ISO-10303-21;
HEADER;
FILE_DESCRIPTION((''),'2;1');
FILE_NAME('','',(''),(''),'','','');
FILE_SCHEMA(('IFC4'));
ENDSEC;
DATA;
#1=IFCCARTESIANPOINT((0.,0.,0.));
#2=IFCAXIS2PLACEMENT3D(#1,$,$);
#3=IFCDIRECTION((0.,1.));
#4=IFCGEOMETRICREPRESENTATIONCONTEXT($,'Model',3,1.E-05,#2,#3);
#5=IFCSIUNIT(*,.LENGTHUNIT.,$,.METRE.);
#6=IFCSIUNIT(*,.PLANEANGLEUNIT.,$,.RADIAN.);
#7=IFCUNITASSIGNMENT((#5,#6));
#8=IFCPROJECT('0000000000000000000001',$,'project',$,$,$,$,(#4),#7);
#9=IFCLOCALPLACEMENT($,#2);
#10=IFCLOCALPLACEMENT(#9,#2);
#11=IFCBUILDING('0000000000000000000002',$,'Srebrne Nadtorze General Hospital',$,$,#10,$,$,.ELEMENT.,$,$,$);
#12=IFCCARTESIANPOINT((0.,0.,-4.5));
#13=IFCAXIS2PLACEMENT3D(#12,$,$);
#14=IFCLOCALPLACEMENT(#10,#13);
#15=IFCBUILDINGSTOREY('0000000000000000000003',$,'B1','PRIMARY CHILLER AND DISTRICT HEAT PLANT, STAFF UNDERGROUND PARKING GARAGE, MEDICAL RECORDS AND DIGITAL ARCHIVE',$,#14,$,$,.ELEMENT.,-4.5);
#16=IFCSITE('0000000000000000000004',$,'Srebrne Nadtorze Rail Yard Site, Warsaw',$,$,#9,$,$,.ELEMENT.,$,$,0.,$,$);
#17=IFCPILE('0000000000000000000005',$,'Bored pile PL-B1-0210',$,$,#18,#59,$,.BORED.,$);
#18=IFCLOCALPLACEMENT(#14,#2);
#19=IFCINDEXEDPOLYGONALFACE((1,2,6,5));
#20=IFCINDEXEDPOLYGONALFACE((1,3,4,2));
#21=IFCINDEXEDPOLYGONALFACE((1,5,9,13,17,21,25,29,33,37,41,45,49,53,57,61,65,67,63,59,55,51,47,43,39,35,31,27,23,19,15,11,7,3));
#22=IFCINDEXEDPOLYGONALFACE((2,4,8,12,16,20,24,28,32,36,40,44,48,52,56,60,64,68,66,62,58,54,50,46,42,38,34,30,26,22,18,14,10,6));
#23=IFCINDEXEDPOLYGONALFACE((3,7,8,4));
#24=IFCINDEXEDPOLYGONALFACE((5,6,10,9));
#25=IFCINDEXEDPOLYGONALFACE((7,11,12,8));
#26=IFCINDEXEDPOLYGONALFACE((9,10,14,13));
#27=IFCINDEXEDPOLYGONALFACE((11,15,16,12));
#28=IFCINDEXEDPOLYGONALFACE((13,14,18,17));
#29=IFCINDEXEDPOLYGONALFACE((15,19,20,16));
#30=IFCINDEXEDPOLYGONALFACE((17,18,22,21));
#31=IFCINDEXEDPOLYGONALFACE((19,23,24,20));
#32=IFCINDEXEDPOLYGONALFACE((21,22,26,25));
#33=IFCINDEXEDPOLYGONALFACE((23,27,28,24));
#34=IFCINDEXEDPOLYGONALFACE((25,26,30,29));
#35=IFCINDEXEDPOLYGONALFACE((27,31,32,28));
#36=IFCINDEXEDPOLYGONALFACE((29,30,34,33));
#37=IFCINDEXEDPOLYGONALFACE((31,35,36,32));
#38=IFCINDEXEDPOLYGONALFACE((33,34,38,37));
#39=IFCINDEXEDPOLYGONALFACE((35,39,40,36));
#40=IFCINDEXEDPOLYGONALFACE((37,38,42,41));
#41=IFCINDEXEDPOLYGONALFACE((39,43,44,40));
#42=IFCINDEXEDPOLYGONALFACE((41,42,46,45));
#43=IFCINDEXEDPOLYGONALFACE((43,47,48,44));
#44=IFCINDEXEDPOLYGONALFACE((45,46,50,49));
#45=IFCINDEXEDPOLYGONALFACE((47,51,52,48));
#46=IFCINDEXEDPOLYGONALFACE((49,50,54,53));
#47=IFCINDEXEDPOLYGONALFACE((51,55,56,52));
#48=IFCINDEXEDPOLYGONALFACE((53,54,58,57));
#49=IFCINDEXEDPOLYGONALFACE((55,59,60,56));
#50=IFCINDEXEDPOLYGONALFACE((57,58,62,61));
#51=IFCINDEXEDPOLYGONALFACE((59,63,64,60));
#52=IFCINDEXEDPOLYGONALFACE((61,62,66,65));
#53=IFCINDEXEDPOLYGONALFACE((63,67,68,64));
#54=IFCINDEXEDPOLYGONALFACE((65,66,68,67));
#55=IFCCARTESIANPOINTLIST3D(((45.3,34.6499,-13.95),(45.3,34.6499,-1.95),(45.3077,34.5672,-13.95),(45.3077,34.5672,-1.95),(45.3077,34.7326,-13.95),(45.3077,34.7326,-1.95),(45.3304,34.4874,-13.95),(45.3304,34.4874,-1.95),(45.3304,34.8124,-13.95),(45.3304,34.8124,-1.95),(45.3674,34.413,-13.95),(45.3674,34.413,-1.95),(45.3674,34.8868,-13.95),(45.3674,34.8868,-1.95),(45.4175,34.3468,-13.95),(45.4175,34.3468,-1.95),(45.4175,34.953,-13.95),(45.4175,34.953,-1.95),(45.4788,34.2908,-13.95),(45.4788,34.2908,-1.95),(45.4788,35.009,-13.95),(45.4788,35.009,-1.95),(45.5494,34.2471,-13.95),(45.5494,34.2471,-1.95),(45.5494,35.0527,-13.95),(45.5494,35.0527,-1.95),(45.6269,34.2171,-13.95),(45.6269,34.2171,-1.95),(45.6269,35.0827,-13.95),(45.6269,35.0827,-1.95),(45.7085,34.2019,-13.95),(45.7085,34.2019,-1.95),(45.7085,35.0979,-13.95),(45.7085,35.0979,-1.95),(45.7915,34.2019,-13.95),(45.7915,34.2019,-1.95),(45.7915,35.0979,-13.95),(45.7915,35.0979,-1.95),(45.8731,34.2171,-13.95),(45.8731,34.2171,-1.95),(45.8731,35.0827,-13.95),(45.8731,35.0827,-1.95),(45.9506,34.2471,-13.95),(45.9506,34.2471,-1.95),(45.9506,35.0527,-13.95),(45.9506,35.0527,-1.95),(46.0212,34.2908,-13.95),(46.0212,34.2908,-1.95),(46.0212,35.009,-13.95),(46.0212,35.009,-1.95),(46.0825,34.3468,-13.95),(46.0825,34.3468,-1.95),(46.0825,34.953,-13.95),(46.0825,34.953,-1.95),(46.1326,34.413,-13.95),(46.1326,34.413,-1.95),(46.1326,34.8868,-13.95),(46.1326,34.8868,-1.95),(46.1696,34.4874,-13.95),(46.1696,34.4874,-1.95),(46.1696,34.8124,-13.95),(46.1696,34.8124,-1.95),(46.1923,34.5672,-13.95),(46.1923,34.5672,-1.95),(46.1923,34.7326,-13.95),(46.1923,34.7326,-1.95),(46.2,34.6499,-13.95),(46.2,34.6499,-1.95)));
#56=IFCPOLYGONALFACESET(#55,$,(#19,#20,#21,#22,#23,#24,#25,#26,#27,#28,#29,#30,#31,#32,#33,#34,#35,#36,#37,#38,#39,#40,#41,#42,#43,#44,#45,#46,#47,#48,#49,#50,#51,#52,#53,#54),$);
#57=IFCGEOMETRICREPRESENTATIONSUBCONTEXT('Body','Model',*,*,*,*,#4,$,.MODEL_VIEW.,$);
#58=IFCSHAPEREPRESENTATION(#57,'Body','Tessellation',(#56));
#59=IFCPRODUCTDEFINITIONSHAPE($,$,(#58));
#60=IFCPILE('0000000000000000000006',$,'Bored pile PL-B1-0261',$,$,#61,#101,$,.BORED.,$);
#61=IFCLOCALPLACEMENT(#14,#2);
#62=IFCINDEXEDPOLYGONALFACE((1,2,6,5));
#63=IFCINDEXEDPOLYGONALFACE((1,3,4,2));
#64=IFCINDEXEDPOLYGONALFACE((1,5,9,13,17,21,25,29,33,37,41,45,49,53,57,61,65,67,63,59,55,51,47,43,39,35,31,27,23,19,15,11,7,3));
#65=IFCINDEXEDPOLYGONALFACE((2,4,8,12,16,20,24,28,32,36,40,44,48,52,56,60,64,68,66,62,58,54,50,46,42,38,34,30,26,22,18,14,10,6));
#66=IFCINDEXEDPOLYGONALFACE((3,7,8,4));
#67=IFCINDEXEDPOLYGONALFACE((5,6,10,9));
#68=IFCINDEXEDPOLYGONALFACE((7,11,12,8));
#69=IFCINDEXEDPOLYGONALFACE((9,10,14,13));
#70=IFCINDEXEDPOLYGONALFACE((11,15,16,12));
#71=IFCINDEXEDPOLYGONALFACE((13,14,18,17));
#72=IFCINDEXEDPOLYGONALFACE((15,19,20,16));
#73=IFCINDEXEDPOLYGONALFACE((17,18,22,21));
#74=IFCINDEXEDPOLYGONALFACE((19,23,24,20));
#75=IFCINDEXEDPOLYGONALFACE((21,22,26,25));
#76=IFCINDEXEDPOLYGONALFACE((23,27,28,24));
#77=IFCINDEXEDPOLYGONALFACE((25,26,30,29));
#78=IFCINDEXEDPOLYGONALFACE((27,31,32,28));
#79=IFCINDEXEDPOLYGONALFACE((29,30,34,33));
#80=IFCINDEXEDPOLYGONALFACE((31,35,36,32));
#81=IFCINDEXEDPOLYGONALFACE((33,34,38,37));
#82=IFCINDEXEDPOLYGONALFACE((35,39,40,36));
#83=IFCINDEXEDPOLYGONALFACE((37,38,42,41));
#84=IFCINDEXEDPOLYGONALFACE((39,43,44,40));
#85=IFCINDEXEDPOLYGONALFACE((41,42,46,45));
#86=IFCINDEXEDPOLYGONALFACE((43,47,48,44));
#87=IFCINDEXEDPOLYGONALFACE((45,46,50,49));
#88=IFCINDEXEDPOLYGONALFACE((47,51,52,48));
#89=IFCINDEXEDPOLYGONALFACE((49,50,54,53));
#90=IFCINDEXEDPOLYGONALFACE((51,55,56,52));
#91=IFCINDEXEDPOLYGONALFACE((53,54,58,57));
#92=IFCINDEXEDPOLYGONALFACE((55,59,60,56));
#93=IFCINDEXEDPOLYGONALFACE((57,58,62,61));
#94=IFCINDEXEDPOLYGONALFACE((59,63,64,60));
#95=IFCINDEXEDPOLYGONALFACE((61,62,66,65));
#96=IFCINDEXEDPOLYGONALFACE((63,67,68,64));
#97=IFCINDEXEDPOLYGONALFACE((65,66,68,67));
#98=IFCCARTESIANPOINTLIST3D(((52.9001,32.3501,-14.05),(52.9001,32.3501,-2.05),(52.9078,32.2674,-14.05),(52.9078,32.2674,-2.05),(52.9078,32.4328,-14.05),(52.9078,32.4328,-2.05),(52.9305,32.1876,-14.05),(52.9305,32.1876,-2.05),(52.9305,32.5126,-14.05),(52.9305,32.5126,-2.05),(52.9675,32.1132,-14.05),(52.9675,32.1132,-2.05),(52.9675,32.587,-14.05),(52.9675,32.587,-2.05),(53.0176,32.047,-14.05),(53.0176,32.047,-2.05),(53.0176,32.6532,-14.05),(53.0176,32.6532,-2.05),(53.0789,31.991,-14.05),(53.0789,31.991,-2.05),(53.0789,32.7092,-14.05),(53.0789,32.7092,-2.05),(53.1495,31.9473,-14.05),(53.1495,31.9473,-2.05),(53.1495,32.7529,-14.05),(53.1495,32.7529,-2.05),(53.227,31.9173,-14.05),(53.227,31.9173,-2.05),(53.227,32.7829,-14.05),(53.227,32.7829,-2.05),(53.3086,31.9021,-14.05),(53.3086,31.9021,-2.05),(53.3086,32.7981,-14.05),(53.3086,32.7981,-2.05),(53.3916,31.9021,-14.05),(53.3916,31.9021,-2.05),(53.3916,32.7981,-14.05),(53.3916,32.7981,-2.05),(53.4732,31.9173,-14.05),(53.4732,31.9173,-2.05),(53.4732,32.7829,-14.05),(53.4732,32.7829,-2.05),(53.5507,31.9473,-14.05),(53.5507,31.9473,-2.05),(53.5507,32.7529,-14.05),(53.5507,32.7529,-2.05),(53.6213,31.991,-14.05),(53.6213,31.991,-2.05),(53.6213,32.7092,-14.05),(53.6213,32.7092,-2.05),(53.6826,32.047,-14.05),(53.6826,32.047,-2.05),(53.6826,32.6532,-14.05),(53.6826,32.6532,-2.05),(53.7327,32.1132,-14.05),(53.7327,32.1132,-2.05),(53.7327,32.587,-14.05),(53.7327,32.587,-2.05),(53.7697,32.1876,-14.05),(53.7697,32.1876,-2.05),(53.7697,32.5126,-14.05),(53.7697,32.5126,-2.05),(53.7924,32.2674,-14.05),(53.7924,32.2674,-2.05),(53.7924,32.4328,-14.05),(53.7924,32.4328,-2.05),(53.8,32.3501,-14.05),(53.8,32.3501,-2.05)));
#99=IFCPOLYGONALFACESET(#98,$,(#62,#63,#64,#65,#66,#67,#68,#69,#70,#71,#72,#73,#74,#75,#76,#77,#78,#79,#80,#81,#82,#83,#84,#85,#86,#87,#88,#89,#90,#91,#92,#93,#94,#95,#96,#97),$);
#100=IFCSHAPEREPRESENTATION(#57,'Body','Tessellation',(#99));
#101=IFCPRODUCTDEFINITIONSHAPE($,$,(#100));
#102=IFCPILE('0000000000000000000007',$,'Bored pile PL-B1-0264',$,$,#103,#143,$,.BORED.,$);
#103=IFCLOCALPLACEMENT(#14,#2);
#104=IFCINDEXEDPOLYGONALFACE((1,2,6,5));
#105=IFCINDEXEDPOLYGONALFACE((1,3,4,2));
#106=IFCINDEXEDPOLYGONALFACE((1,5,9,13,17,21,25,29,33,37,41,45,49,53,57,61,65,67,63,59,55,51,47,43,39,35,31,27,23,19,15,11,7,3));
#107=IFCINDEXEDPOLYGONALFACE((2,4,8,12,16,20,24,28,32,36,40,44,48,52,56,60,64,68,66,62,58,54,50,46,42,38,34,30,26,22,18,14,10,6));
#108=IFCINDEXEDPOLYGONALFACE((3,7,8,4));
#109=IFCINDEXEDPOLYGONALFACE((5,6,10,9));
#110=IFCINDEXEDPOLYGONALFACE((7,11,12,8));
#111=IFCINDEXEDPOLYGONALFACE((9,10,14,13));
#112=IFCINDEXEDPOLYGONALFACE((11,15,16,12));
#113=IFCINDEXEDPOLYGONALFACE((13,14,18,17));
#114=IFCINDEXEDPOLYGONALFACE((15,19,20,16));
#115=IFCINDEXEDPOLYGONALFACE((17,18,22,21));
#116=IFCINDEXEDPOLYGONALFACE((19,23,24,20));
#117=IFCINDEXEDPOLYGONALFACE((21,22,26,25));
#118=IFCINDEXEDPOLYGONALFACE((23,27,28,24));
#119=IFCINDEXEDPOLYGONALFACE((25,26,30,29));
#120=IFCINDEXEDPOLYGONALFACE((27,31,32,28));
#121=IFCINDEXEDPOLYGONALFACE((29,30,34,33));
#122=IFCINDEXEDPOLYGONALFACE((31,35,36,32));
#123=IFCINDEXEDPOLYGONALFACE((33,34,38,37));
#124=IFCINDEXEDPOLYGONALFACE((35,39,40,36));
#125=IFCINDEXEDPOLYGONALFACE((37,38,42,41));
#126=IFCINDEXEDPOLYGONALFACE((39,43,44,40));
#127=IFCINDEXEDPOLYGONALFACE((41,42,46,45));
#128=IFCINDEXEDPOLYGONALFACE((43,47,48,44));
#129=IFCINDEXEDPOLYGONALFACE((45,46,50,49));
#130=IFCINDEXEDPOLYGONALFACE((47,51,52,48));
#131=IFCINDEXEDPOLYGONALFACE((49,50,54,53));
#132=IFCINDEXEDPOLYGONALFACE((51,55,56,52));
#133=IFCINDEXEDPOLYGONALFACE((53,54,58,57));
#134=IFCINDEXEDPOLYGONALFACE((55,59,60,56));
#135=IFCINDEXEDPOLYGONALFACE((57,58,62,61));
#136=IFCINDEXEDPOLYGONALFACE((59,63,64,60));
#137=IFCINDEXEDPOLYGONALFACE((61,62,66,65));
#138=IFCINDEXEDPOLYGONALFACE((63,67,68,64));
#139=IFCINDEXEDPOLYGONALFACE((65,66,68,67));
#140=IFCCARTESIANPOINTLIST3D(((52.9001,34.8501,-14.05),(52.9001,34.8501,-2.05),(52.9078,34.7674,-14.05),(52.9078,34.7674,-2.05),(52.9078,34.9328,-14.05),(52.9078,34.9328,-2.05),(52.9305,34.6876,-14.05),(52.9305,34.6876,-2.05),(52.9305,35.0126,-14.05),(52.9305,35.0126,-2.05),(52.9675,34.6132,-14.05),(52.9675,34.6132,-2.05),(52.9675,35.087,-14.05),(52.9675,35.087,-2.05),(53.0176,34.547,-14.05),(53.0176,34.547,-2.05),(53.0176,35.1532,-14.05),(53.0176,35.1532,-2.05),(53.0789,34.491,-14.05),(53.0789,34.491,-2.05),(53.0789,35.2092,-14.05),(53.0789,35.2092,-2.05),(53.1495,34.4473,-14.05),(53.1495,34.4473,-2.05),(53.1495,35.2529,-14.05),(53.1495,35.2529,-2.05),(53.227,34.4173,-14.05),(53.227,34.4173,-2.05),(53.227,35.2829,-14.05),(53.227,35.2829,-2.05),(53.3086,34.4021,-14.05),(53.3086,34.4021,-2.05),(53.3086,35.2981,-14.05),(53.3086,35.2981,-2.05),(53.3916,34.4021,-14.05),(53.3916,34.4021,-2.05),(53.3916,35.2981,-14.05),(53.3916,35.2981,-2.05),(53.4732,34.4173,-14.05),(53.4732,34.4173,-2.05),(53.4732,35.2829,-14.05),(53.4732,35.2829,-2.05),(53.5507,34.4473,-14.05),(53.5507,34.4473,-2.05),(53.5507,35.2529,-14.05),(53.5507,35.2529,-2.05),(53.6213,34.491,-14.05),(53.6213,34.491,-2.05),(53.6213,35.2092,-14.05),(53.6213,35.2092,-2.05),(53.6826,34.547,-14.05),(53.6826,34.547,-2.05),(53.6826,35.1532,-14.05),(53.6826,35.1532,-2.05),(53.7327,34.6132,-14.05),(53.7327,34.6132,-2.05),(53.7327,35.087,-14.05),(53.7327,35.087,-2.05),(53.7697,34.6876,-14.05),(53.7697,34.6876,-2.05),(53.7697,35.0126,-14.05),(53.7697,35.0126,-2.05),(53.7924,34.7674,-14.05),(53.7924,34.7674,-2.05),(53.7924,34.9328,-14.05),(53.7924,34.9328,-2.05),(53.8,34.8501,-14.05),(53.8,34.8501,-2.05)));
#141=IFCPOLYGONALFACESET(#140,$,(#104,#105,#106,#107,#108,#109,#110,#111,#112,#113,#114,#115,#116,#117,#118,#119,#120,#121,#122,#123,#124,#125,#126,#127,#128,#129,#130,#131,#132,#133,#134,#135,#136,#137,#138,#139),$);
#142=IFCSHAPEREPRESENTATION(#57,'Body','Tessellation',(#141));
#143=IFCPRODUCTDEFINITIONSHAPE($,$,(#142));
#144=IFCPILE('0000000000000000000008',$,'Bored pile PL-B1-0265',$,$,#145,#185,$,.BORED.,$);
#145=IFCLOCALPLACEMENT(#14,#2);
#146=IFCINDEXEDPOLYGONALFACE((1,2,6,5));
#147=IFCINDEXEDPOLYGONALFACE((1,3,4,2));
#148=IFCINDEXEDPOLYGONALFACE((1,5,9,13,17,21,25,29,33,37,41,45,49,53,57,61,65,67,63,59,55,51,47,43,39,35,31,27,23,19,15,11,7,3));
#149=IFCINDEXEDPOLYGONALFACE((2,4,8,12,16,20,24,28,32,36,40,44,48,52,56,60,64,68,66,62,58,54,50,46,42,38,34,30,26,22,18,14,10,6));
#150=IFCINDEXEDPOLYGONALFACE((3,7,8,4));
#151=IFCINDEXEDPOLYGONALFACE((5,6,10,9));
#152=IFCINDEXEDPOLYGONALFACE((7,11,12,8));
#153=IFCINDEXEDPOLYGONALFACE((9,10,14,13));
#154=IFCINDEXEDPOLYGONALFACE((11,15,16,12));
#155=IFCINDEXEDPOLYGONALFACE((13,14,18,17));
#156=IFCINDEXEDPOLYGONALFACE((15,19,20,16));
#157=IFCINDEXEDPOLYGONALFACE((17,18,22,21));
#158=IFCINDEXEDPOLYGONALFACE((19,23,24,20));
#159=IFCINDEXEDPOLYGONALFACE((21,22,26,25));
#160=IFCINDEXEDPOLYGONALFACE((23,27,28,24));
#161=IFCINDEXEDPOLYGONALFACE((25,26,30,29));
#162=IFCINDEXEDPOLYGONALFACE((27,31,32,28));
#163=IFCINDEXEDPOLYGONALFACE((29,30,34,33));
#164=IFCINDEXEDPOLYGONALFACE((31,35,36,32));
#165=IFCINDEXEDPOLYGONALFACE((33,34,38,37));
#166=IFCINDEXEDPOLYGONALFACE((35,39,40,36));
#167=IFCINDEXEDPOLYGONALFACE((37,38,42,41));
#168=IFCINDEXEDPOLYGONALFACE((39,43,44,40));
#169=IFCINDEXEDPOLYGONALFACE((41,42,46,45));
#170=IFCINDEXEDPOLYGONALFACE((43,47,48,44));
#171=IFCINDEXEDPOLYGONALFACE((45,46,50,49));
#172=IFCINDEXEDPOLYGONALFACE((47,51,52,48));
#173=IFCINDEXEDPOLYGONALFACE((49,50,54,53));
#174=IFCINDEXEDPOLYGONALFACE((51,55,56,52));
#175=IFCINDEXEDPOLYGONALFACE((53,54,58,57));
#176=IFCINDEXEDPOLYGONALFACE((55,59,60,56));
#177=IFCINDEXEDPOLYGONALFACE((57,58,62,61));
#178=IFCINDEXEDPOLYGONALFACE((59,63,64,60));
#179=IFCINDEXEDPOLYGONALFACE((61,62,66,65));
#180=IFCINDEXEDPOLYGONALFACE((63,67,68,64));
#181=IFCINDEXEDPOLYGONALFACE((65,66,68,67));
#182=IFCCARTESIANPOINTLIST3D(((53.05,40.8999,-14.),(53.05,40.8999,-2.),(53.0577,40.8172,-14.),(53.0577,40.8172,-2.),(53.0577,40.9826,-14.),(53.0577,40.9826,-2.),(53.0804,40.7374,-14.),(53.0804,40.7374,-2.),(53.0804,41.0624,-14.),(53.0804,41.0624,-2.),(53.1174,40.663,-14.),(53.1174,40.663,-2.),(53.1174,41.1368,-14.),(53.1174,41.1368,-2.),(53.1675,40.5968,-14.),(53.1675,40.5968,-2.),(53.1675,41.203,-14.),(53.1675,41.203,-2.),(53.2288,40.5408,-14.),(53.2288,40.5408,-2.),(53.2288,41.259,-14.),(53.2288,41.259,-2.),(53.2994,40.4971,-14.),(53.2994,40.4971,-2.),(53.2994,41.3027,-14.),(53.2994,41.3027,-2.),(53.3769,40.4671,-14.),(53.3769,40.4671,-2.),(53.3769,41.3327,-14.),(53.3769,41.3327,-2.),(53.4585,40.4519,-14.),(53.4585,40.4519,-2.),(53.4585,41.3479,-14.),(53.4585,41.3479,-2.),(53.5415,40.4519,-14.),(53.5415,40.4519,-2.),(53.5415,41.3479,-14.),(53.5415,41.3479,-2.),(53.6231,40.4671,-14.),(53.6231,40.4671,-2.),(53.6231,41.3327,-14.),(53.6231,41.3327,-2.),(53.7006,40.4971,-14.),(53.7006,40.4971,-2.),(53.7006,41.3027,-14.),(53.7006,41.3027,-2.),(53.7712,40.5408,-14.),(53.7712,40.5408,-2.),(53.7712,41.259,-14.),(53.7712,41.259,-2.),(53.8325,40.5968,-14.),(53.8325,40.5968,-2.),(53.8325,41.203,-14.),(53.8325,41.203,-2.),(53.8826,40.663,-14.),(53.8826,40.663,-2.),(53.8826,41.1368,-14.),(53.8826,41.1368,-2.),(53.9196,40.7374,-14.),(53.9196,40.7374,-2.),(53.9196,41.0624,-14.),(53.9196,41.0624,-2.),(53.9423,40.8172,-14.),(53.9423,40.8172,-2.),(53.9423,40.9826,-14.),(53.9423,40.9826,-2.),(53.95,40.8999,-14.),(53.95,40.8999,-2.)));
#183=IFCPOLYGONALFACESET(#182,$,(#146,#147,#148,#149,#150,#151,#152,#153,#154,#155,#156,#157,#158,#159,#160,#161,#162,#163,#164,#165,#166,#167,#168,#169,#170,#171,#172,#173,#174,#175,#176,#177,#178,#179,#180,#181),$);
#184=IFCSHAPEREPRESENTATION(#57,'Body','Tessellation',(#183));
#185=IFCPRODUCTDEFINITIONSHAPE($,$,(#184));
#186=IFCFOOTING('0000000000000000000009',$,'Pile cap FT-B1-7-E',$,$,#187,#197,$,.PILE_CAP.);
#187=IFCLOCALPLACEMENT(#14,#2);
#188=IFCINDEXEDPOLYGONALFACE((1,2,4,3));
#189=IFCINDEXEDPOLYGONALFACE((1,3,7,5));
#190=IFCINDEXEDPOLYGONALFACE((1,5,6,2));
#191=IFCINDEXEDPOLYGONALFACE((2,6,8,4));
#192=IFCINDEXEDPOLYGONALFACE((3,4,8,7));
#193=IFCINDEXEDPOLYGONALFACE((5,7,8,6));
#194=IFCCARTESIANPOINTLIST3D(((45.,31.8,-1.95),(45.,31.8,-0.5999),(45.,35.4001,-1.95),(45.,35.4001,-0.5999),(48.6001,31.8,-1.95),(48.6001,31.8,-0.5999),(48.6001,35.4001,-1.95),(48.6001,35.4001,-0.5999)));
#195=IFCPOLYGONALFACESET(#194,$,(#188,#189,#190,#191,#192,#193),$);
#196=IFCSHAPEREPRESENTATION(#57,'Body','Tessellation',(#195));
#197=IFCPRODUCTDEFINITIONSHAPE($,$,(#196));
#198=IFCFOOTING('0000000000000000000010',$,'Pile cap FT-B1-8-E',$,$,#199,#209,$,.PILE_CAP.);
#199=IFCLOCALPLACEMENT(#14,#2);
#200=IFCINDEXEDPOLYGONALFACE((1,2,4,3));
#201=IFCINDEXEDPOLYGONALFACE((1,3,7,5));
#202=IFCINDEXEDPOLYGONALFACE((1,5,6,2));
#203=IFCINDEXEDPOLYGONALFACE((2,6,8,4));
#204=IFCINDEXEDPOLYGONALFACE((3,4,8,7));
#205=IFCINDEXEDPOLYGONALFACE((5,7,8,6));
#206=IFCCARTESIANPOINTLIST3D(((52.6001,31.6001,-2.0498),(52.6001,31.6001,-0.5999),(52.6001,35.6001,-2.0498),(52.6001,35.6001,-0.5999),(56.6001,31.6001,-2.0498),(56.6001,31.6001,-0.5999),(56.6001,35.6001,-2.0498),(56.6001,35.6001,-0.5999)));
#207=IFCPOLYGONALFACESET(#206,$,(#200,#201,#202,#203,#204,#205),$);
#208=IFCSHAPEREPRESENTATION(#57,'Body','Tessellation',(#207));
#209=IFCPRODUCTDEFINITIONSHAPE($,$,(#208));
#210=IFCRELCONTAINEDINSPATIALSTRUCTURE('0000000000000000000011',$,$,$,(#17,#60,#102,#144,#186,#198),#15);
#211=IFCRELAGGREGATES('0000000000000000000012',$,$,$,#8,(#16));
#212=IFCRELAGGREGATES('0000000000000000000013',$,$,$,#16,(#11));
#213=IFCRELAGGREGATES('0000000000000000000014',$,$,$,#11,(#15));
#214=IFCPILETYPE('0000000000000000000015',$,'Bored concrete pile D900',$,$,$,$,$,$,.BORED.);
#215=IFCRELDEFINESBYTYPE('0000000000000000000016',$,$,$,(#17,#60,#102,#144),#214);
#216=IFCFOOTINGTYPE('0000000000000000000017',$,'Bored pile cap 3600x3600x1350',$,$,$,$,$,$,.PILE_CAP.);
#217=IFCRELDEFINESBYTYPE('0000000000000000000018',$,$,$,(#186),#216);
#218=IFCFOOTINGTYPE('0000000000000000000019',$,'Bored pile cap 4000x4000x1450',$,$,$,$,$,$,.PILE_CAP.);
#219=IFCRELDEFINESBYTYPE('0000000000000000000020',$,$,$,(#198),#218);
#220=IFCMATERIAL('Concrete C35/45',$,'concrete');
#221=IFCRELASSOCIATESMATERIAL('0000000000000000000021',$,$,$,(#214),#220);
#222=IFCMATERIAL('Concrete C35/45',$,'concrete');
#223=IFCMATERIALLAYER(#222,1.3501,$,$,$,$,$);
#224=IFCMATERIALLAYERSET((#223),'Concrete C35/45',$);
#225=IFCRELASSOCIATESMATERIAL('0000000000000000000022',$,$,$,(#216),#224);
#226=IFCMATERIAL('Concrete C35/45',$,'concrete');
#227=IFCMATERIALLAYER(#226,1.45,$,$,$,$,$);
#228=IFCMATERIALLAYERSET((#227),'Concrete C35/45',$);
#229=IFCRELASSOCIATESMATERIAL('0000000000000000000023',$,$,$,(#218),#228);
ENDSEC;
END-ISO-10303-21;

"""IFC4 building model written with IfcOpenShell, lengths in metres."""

from ifc_helpers import new_model, si_unit, direction, frame, origin, origin_2d, place, context, subcontext, project, spatial, rectangle, circle, extrude, material, layer, layer_set, material_profile, profile_set, type_object, element, save


model = new_model("IFC4")

# Units and contexts
model_context = context("Model", 3, precision=1e-05, world=origin(), true_north=direction((0.0, 1.0)))
body_context = subcontext(model_context, "Body", "Model", "MODEL_VIEW")
ifc_project = project(units=[si_unit("LENGTHUNIT", "METRE"), si_unit("PLANEANGLEUNIT", "RADIAN")], contexts=[model_context])

# Site, building, storey
site_placement = place(None, origin())
site = spatial("IfcSite", under=ifc_project, at=site_placement, Name="Srebrne Nadtorze Rail Yard Site, Warsaw", CompositionType="ELEMENT", RefElevation=0.0)
building_placement = place(site_placement, origin())
building = spatial("IfcBuilding", under=site, at=building_placement, Name="Srebrne Nadtorze General Hospital", CompositionType="ELEMENT")
storey_placement = place(building_placement, frame((0.0, 0.0, -4.5)))
storey = spatial("IfcBuildingStorey", under=building, at=storey_placement, Name="B1", Description="PRIMARY CHILLER AND DISTRICT HEAT PLANT, STAFF UNDERGROUND PARKING GARAGE, MEDICAL RECORDS AND DIGITAL ARCHIVE", CompositionType="ELEMENT", Elevation=-4.5)

# Piles
ifc_material_1 = material(Name="Concrete C35/45", Category="concrete")
ifc_material_profile_1 = material_profile(ifc_material_1, circle(Radius=0.45, at=origin_2d()), Name="PILE-D900")
ifc_profile_set_1 = profile_set([ifc_material_profile_1], Name="Concrete C35/45")
pile_type_1 = type_object("IfcPileType", Name="Bored concrete pile D900", PredefinedType="BORED", material=ifc_profile_set_1)
for number, where, z_axis, x_axis, name in (
    (1, (45.75, 34.6499, -1.95), (0.0, 0.0, -1.0), (1.0, 0.0, 0.0), "Bored pile PL-B1-0210"),
    (2, (53.3501, 32.3501, -2.05), (0.0, 0.0, -1.0), (1.0, 0.0, 0.0), "Bored pile PL-B1-0261"),
    (3, (53.3501, 34.8501, -2.05), (0.0, 0.0, -1.0), (1.0, 0.0, 0.0), "Bored pile PL-B1-0264"),
    (4, (53.5, 40.8999, -2.0), (0.0, 0.0, -1.0), (1.0, 0.0, 0.0), "Bored pile PL-B1-0265"),
):
    element("IfcPile", number, at=place(storey_placement, frame(where, z_axis=z_axis, x_axis=x_axis)), inside=storey, type_object=pile_type_1, Name=name, PredefinedType="BORED", context=body_context, shape_type="SweptSolid", body=[
        extrude(circle(Radius=0.45, at=origin_2d()), origin(), (0.0, 0.0, 1.0), 12.0),
    ])

# Footings
ifc_material_2 = material(Name="Concrete C35/45", Category="concrete")
ifc_layer_1 = layer(ifc_material_2, 1.3501)
ifc_layer_set_1 = layer_set([ifc_layer_1], Name="Concrete C35/45")
footing_type_1 = type_object("IfcFootingType", Name="Bored pile cap 3600x3600x1350", PredefinedType="PILE_CAP", material=ifc_layer_set_1)
footing_1_placement = place(storey_placement, frame((46.8, 33.6001, -1.95), z_axis=(0.0, 0.0, 1.0), x_axis=(1.0, 0.0, 0.0)))
element("IfcFooting", 5, at=footing_1_placement, inside=storey, type_object=footing_type_1, Name="Pile cap FT-B1-7-E", PredefinedType="PILE_CAP", context=body_context, shape_type="SweptSolid", body=[
    extrude(rectangle(XDim=3.6001, YDim=3.6001, at=origin_2d()), origin(), (0.0, 0.0, 1.0), 1.3501),
])
ifc_material_3 = material(Name="Concrete C35/45", Category="concrete")
ifc_layer_2 = layer(ifc_material_3, 1.45)
ifc_layer_set_2 = layer_set([ifc_layer_2], Name="Concrete C35/45")
footing_type_2 = type_object("IfcFootingType", Name="Bored pile cap 4000x4000x1450", PredefinedType="PILE_CAP", material=ifc_layer_set_2)
footing_2_placement = place(storey_placement, frame((54.6001, 33.6001, -2.0498), z_axis=(0.0, 0.0, 1.0), x_axis=(1.0, 0.0, 0.0)))
element("IfcFooting", 6, at=footing_2_placement, inside=storey, type_object=footing_type_2, Name="Pile cap FT-B1-8-E", PredefinedType="PILE_CAP", context=body_context, shape_type="SweptSolid", body=[
    extrude(rectangle(XDim=4.0, YDim=4.0, at=origin_2d()), origin(), (0.0, 0.0, 1.0), 1.45),
])

save(model, "model.ifc")
